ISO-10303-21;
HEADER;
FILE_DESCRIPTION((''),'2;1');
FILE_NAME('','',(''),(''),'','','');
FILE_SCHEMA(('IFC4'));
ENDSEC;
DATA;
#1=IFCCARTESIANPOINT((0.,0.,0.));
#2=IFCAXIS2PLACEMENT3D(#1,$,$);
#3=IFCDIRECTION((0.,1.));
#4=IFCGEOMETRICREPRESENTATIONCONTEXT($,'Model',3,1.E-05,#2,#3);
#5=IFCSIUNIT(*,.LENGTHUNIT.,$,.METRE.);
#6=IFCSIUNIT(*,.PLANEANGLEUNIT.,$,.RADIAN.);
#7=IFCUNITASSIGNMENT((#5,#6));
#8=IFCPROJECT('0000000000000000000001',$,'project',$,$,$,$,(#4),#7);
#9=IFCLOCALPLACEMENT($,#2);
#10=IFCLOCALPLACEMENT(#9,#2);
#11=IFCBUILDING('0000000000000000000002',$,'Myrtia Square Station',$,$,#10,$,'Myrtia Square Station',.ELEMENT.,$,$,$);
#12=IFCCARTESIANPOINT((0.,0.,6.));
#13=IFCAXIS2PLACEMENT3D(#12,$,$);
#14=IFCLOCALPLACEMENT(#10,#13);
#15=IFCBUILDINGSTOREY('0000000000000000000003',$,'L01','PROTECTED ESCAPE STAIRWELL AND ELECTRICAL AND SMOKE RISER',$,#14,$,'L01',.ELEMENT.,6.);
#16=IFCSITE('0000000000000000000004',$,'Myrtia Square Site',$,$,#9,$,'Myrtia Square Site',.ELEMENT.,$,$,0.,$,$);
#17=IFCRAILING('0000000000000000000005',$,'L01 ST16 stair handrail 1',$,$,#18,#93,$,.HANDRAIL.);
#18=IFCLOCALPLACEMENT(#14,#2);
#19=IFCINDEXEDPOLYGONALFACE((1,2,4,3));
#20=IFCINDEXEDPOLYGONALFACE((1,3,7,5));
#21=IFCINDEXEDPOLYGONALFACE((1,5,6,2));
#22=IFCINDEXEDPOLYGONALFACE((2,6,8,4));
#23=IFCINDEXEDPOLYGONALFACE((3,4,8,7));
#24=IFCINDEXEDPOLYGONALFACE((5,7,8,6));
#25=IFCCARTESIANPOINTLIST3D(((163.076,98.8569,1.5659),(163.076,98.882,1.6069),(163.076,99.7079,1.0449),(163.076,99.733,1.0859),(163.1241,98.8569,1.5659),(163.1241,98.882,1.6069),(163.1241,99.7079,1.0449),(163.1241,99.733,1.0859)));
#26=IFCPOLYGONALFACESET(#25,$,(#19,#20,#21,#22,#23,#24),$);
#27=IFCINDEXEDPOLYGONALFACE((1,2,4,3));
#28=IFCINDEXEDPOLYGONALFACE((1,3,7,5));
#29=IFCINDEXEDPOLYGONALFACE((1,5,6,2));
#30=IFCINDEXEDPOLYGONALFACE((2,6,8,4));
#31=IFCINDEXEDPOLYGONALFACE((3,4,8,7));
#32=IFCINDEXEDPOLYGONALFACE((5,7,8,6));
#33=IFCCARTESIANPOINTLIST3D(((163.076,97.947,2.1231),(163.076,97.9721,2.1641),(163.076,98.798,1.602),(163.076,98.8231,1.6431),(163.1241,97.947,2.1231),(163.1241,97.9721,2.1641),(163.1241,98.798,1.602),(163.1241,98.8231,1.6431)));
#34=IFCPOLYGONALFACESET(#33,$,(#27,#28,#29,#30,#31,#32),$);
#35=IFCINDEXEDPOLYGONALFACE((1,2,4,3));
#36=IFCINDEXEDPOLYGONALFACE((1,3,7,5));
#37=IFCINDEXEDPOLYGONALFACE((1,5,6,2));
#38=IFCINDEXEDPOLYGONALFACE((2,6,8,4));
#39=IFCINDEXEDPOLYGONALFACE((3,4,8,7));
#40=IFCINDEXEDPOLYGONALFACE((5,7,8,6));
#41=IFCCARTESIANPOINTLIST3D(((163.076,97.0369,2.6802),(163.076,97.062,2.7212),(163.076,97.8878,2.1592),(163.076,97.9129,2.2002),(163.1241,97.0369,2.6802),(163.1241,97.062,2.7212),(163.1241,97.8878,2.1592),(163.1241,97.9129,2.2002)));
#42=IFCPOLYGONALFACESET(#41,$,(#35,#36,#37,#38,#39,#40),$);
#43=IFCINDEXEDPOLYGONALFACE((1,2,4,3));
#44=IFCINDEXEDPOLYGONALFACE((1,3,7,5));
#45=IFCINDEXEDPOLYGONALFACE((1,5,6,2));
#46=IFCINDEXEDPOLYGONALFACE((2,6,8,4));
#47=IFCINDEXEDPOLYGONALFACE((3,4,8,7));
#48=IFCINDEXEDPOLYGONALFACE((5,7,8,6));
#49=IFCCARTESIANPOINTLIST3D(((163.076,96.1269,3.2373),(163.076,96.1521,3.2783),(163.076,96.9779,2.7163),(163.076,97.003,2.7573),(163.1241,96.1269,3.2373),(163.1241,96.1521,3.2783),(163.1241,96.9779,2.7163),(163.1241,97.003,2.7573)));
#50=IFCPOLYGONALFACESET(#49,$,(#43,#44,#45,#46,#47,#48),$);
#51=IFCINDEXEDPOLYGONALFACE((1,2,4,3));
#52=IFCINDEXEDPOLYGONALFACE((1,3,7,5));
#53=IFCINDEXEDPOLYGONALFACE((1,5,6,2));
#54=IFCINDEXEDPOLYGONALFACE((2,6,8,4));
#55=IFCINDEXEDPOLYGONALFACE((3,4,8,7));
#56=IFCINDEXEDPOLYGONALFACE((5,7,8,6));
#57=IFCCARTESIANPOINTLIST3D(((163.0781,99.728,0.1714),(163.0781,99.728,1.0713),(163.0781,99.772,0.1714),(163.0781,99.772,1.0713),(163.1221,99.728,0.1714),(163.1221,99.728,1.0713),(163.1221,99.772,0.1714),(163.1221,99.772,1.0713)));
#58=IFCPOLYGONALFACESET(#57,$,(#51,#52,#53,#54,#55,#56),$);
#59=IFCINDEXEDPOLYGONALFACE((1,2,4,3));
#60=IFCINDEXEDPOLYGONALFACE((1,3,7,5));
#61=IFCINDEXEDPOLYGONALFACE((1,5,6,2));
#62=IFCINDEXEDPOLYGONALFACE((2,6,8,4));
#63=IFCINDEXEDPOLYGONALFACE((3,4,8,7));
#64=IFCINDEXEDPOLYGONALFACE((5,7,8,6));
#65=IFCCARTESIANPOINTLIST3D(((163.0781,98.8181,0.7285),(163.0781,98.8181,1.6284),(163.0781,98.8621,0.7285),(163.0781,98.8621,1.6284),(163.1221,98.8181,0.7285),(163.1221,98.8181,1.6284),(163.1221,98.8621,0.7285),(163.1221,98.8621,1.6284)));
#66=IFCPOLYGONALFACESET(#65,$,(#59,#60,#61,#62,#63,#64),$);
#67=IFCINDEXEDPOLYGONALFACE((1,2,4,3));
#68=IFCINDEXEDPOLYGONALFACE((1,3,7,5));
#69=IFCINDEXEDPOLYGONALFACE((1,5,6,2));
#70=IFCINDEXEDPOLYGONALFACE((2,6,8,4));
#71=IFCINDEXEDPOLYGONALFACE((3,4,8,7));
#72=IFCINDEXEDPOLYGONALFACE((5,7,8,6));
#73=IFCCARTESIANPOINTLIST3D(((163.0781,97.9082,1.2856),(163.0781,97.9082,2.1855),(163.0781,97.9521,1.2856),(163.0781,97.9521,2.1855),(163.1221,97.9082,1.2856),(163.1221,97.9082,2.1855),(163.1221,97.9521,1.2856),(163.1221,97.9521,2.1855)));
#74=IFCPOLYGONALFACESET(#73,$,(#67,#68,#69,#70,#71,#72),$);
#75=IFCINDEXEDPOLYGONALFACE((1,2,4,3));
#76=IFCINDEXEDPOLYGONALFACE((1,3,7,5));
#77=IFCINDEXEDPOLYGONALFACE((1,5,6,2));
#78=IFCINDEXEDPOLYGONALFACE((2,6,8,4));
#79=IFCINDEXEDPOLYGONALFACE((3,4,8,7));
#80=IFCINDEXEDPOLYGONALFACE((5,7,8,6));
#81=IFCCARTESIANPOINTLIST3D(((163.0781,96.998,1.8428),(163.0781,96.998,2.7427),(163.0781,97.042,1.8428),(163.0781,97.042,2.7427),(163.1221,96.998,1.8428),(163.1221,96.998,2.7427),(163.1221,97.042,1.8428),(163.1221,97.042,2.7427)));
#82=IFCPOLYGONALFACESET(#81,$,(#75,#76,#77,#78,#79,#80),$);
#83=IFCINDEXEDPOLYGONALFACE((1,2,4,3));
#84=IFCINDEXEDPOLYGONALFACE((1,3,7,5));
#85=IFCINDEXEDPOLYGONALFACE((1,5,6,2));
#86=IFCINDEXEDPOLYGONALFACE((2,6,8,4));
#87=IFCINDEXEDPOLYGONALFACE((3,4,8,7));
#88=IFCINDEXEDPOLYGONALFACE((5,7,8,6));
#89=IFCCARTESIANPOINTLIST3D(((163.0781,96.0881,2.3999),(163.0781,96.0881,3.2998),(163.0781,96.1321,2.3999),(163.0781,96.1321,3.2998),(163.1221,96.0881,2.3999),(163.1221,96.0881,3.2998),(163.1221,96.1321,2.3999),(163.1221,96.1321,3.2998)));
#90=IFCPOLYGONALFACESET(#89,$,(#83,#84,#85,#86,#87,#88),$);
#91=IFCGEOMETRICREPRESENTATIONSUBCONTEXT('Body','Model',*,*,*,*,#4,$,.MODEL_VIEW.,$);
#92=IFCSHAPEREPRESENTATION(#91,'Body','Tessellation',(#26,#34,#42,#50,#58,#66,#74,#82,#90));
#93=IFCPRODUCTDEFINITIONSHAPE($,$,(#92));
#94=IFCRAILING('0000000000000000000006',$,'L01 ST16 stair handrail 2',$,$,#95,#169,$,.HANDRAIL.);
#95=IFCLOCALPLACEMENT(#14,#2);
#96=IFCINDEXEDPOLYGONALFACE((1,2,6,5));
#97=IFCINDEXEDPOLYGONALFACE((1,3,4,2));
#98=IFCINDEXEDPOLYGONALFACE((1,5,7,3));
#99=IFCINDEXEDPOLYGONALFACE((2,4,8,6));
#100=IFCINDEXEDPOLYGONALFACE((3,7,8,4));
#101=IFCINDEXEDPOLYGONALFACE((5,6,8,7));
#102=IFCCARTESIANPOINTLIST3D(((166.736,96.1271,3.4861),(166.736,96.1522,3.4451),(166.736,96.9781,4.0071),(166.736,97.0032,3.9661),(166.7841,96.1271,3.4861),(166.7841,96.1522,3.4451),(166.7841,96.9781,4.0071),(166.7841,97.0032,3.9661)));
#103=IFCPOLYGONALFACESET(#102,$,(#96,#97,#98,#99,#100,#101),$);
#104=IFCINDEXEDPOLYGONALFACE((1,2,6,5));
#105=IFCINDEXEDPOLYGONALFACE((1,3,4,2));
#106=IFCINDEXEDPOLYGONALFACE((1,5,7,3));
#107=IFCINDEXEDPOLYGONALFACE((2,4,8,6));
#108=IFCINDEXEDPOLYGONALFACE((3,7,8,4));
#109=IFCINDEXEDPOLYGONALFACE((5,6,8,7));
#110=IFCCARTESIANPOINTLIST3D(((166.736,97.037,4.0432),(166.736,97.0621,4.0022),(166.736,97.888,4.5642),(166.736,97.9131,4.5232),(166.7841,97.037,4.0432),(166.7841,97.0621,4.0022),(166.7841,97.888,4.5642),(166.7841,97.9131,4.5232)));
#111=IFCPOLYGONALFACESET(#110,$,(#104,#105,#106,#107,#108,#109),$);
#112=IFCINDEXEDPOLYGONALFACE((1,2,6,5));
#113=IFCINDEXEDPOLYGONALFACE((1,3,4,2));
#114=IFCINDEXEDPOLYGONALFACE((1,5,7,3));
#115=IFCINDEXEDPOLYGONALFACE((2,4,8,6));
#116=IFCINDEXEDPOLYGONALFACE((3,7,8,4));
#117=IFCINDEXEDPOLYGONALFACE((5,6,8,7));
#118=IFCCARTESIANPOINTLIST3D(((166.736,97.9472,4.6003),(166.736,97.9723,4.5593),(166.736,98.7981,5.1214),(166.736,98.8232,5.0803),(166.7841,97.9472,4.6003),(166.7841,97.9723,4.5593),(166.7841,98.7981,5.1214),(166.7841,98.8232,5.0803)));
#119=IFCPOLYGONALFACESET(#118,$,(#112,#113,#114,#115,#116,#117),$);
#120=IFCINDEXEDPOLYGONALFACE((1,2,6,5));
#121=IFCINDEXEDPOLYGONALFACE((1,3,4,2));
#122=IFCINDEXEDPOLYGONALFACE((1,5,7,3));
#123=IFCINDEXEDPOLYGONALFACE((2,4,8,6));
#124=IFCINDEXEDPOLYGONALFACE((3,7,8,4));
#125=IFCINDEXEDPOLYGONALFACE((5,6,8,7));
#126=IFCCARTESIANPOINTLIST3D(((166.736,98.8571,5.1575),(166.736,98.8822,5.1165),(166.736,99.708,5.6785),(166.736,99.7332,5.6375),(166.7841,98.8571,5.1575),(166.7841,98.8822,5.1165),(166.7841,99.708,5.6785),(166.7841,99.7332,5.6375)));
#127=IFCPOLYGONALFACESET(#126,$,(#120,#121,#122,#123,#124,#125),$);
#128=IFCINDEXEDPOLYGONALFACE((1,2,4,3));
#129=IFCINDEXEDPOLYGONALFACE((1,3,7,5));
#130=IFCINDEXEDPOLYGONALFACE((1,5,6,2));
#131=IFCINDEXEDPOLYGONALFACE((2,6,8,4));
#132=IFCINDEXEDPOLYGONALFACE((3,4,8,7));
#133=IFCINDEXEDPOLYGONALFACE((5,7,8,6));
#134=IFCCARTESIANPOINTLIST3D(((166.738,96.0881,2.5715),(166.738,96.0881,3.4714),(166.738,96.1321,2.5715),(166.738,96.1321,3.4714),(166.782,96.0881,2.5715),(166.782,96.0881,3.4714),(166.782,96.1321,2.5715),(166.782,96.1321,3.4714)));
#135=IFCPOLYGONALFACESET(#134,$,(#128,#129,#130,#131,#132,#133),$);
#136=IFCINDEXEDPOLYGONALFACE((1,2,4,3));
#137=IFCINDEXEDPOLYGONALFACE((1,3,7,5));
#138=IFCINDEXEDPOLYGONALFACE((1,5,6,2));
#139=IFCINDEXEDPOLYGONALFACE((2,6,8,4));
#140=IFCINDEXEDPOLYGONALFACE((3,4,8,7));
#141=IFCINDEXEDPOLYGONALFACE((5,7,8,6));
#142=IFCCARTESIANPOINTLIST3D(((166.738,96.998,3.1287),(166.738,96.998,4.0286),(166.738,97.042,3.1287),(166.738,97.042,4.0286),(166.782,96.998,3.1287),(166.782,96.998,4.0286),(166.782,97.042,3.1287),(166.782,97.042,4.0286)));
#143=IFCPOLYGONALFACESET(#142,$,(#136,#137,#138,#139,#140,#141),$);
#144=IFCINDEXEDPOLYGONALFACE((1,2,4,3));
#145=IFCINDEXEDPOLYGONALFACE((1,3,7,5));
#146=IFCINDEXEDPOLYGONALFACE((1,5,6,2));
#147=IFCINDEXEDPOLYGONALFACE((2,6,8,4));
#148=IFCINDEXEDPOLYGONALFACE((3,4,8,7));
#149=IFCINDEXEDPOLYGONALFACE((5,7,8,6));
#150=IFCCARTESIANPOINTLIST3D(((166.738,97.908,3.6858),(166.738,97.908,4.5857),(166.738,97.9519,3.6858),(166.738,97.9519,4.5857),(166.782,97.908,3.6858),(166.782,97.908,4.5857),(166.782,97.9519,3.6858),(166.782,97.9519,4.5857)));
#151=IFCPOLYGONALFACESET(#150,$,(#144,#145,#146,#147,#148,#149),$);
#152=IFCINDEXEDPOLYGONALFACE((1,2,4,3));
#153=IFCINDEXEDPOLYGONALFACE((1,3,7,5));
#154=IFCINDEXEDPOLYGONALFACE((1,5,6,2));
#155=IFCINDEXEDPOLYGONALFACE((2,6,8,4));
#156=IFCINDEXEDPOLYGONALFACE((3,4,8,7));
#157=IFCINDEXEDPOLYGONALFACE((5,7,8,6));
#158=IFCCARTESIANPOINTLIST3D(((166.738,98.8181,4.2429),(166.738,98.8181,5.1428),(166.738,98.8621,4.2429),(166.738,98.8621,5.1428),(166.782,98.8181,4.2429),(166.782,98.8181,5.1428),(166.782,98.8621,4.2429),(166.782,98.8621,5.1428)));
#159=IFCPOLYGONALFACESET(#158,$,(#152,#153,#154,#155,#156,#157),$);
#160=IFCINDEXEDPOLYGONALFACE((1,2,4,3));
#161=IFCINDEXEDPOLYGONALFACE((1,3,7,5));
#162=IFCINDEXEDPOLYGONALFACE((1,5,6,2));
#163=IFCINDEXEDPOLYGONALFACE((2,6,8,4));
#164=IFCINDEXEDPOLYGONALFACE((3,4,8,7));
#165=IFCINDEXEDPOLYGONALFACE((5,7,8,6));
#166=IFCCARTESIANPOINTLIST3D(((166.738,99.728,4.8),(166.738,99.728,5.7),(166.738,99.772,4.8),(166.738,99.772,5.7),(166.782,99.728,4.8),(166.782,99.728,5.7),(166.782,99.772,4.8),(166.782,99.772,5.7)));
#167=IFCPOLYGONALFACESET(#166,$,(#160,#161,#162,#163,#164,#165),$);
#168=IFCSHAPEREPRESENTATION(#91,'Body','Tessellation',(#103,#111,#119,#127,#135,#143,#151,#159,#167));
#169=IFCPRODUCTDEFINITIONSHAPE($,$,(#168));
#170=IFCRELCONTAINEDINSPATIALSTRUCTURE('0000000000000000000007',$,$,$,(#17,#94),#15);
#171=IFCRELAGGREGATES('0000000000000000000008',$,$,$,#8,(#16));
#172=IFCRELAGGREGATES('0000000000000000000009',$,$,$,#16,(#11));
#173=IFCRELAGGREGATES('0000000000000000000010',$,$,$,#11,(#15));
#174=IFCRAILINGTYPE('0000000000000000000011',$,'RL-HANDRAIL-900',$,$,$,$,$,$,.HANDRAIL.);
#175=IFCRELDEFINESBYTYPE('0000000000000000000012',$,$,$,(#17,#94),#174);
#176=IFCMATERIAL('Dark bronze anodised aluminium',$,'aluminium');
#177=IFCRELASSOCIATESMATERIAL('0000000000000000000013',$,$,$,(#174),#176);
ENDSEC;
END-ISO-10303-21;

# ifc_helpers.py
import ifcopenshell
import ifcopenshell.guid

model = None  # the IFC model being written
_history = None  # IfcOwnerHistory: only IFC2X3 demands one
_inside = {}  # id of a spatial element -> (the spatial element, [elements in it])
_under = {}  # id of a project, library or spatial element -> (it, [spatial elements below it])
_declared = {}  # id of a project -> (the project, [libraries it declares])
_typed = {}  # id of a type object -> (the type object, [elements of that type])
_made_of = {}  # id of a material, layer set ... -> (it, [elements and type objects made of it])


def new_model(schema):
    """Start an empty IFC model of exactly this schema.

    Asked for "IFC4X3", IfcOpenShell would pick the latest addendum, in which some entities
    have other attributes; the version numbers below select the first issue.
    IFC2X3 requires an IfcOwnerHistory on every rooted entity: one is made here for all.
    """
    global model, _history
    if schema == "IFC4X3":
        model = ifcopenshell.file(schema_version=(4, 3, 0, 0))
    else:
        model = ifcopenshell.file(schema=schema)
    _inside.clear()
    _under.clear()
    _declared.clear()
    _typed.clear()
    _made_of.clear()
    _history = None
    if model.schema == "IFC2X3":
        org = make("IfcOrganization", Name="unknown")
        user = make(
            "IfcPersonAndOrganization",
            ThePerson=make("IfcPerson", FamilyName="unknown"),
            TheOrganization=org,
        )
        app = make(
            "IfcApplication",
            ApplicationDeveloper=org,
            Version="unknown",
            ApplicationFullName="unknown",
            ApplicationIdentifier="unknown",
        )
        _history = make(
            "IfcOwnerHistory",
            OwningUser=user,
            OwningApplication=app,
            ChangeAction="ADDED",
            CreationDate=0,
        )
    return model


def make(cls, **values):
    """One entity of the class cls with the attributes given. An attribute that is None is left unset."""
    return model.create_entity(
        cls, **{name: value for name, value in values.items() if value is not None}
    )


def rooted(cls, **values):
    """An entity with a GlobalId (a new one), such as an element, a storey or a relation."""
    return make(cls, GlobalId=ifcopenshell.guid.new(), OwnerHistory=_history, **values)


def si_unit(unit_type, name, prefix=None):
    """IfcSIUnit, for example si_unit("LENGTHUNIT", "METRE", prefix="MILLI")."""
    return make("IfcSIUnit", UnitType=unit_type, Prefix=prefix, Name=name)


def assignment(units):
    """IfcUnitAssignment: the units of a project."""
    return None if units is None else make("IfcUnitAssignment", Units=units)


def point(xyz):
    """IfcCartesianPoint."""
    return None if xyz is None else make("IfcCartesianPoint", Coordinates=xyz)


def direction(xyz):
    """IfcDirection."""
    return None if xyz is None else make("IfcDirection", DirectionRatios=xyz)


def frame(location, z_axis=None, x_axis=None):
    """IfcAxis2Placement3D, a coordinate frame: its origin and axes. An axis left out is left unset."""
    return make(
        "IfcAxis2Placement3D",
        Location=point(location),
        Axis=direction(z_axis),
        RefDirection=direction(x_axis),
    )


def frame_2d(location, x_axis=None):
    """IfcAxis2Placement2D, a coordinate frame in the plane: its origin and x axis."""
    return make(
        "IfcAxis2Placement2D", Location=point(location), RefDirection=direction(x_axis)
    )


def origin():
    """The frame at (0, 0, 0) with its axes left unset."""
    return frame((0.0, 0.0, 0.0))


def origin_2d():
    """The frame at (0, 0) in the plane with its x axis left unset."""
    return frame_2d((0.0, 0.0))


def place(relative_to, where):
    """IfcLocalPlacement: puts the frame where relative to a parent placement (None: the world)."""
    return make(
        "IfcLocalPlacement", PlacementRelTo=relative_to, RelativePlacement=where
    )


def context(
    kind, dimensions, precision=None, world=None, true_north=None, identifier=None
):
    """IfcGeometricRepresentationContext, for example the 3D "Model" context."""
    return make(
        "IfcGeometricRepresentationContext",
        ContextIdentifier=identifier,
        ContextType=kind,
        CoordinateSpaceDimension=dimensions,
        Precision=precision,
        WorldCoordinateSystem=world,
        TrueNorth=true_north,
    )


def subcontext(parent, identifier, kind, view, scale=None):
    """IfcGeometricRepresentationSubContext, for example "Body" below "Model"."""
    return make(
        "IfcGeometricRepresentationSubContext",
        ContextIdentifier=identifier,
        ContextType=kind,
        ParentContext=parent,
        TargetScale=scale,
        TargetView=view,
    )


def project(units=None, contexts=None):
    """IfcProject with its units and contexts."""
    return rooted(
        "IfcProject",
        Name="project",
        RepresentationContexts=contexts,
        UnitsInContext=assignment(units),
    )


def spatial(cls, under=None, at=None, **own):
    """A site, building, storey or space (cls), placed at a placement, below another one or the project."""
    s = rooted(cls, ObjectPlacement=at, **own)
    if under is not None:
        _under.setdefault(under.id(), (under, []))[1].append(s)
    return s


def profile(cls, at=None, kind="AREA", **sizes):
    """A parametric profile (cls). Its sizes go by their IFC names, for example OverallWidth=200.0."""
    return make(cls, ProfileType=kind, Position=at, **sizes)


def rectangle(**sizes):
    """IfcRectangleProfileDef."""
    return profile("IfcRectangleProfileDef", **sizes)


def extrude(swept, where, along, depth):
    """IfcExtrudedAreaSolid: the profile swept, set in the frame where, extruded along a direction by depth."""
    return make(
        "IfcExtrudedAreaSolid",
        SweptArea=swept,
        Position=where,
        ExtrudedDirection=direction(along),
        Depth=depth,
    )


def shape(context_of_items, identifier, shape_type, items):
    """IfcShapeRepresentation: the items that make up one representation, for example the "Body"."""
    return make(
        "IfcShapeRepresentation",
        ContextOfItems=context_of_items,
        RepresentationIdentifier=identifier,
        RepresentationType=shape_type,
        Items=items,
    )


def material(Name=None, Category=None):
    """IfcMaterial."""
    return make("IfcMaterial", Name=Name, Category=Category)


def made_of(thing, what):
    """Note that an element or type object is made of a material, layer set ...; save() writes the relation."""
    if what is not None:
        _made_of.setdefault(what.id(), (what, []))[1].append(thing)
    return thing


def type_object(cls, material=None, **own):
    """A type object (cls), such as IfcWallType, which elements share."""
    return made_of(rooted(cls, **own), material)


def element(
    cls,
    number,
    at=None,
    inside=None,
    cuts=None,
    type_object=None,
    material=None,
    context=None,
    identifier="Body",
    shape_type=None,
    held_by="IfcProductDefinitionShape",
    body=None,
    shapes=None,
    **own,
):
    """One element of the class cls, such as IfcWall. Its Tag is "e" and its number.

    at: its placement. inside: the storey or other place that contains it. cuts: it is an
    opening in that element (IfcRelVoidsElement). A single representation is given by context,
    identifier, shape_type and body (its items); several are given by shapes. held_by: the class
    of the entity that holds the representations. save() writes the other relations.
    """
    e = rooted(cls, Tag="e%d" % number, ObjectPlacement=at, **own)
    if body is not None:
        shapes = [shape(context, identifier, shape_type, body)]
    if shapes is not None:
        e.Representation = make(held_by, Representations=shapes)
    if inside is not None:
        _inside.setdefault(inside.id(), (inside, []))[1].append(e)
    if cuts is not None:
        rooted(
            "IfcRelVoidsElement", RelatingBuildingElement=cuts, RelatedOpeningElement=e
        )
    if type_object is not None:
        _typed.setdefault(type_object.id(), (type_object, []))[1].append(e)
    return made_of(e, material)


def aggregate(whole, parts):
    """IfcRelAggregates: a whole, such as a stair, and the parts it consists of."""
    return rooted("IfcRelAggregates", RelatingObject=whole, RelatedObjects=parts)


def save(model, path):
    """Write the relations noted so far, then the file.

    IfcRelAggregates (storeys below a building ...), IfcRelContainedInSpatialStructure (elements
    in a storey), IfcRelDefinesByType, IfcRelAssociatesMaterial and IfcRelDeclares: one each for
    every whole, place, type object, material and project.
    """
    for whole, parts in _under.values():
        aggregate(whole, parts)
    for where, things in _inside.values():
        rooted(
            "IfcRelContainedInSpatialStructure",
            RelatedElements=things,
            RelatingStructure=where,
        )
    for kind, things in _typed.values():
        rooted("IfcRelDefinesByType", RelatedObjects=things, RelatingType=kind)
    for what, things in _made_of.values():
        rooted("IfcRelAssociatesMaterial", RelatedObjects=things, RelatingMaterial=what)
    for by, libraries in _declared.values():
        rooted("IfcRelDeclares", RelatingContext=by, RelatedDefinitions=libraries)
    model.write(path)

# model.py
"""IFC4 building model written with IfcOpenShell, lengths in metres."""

from ifc_helpers import new_model, si_unit, direction, frame, origin, origin_2d, place, context, subcontext, project, spatial, rectangle, extrude, material, type_object, element, save


model = new_model("IFC4")

# Units and contexts
model_context = context("Model", 3, precision=1e-05, world=origin(), true_north=direction((0.0, 1.0)))
body_context = subcontext(model_context, "Body", "Model", "MODEL_VIEW")
ifc_project = project(units=[si_unit("LENGTHUNIT", "METRE"), si_unit("PLANEANGLEUNIT", "RADIAN")], contexts=[model_context])

# Site, building, storey
site_placement = place(None, origin())
site = spatial("IfcSite", under=ifc_project, at=site_placement, Name="Myrtia Square Site", LongName="Myrtia Square Site", CompositionType="ELEMENT", RefElevation=0.0)
building_placement = place(site_placement, origin())
building = spatial("IfcBuilding", under=site, at=building_placement, Name="Myrtia Square Station", LongName="Myrtia Square Station", CompositionType="ELEMENT")
storey_placement = place(building_placement, frame((0.0, 0.0, 6.0)))
storey = spatial("IfcBuildingStorey", under=building, at=storey_placement, Name="L01", Description="PROTECTED ESCAPE STAIRWELL AND ELECTRICAL AND SMOKE RISER", LongName="L01", CompositionType="ELEMENT", Elevation=6.0)

# Shared definitions
ifc_material_1 = material(Name="Dark bronze anodised aluminium", Category="aluminium")

# Railings
railing_type_1 = type_object("IfcRailingType", Name="RL-HANDRAIL-900", PredefinedType="HANDRAIL", material=ifc_material_1)
railing_1_placement = place(storey_placement, frame((163.1001, 99.75, 0.1714)))
element("IfcRailing", 1, at=railing_1_placement, inside=storey, type_object=railing_type_1, Name="L01 ST16 stair handrail 1", PredefinedType="HANDRAIL", context=body_context, shape_type="SweptSolid", body=[
    extrude(rectangle(XDim=0.0481, YDim=0.0481, at=origin_2d()), frame((0.0, -0.0295, 0.894), z_axis=(0.0, -0.85285, 0.522156), x_axis=(1.0, 0.0, 0.0)), (0.0, 0.0, 1.0), 0.9978),
    extrude(rectangle(XDim=0.0481, YDim=0.0481, at=origin_2d()), frame((0.0, -0.9395, 1.4512), z_axis=(0.0, -0.85285, 0.522156), x_axis=(1.0, 0.0, 0.0)), (0.0, 0.0, 1.0), 0.9978),
    extrude(rectangle(XDim=0.0481, YDim=0.0481, at=origin_2d()), frame((0.0, -1.8496, 2.0083), z_axis=(0.0, -0.85285, 0.522156), x_axis=(1.0, 0.0, 0.0)), (0.0, 0.0, 1.0), 0.9978),
    extrude(rectangle(XDim=0.0481, YDim=0.0481, at=origin_2d()), frame((0.0, -2.7595, 2.5654), z_axis=(0.0, -0.85285, 0.522156), x_axis=(1.0, 0.0, 0.0)), (0.0, 0.0, 1.0), 0.9978),
    extrude(rectangle(XDim=0.0439, YDim=0.0439, at=origin_2d()), origin(), (0.0, 0.0, 1.0), 0.8999),
    extrude(rectangle(XDim=0.0439, YDim=0.0439, at=origin_2d()), frame((0.0, -0.9099, 0.5571)), (0.0, 0.0, 1.0), 0.8999),
    extrude(rectangle(XDim=0.0439, YDim=0.0439, at=origin_2d()), frame((0.0, -1.8198, 1.1143)), (0.0, 0.0, 1.0), 0.8999),
    extrude(rectangle(XDim=0.0439, YDim=0.0439, at=origin_2d()), frame((0.0, -2.73, 1.6714)), (0.0, 0.0, 1.0), 0.8999),
    extrude(rectangle(XDim=0.0439, YDim=0.0439, at=origin_2d()), frame((0.0, -3.6399, 2.2285)), (0.0, 0.0, 1.0), 0.8999),
])
railing_2_placement = place(storey_placement, frame((166.76, 96.1101, 2.5715)))
element("IfcRailing", 2, at=railing_2_placement, inside=storey, type_object=railing_type_1, Name="L01 ST16 stair handrail 2", PredefinedType="HANDRAIL", context=body_context, shape_type="SweptSolid", body=[
    extrude(rectangle(XDim=0.0481, YDim=0.0481, at=origin_2d()), frame((0.0, 0.0295, 0.894), z_axis=(0.0, 0.85285, 0.522156), x_axis=(-1.0, 0.0, 0.0)), (0.0, 0.0, 1.0), 0.9978),
    extrude(rectangle(XDim=0.0481, YDim=0.0481, at=origin_2d()), frame((0.0, 0.9395, 1.4512), z_axis=(0.0, 0.85285, 0.522156), x_axis=(-1.0, 0.0, 0.0)), (0.0, 0.0, 1.0), 0.9978),
    extrude(rectangle(XDim=0.0481, YDim=0.0481, at=origin_2d()), frame((0.0, 1.8496, 2.0083), z_axis=(0.0, 0.85285, 0.522156), x_axis=(-1.0, 0.0, 0.0)), (0.0, 0.0, 1.0), 0.9978),
    extrude(rectangle(XDim=0.0481, YDim=0.0481, at=origin_2d()), frame((0.0, 2.7595, 2.5654), z_axis=(0.0, 0.85285, 0.522156), x_axis=(-1.0, 0.0, 0.0)), (0.0, 0.0, 1.0), 0.9978),
    extrude(rectangle(XDim=0.0439, YDim=0.0439, at=origin_2d()), origin(), (0.0, 0.0, 1.0), 0.8999),
    extrude(rectangle(XDim=0.0439, YDim=0.0439, at=origin_2d()), frame((0.0, 0.9099, 0.5571)), (0.0, 0.0, 1.0), 0.8999),
    extrude(rectangle(XDim=0.0439, YDim=0.0439, at=origin_2d()), frame((0.0, 1.8198, 1.1143)), (0.0, 0.0, 1.0), 0.8999),
    extrude(rectangle(XDim=0.0439, YDim=0.0439, at=origin_2d()), frame((0.0, 2.73, 1.6714)), (0.0, 0.0, 1.0), 0.8999),
    extrude(rectangle(XDim=0.0439, YDim=0.0439, at=origin_2d()), frame((0.0, 3.6399, 2.2285)), (0.0, 0.0, 1.0), 0.8999),
])

save(model, "model.ifc")
